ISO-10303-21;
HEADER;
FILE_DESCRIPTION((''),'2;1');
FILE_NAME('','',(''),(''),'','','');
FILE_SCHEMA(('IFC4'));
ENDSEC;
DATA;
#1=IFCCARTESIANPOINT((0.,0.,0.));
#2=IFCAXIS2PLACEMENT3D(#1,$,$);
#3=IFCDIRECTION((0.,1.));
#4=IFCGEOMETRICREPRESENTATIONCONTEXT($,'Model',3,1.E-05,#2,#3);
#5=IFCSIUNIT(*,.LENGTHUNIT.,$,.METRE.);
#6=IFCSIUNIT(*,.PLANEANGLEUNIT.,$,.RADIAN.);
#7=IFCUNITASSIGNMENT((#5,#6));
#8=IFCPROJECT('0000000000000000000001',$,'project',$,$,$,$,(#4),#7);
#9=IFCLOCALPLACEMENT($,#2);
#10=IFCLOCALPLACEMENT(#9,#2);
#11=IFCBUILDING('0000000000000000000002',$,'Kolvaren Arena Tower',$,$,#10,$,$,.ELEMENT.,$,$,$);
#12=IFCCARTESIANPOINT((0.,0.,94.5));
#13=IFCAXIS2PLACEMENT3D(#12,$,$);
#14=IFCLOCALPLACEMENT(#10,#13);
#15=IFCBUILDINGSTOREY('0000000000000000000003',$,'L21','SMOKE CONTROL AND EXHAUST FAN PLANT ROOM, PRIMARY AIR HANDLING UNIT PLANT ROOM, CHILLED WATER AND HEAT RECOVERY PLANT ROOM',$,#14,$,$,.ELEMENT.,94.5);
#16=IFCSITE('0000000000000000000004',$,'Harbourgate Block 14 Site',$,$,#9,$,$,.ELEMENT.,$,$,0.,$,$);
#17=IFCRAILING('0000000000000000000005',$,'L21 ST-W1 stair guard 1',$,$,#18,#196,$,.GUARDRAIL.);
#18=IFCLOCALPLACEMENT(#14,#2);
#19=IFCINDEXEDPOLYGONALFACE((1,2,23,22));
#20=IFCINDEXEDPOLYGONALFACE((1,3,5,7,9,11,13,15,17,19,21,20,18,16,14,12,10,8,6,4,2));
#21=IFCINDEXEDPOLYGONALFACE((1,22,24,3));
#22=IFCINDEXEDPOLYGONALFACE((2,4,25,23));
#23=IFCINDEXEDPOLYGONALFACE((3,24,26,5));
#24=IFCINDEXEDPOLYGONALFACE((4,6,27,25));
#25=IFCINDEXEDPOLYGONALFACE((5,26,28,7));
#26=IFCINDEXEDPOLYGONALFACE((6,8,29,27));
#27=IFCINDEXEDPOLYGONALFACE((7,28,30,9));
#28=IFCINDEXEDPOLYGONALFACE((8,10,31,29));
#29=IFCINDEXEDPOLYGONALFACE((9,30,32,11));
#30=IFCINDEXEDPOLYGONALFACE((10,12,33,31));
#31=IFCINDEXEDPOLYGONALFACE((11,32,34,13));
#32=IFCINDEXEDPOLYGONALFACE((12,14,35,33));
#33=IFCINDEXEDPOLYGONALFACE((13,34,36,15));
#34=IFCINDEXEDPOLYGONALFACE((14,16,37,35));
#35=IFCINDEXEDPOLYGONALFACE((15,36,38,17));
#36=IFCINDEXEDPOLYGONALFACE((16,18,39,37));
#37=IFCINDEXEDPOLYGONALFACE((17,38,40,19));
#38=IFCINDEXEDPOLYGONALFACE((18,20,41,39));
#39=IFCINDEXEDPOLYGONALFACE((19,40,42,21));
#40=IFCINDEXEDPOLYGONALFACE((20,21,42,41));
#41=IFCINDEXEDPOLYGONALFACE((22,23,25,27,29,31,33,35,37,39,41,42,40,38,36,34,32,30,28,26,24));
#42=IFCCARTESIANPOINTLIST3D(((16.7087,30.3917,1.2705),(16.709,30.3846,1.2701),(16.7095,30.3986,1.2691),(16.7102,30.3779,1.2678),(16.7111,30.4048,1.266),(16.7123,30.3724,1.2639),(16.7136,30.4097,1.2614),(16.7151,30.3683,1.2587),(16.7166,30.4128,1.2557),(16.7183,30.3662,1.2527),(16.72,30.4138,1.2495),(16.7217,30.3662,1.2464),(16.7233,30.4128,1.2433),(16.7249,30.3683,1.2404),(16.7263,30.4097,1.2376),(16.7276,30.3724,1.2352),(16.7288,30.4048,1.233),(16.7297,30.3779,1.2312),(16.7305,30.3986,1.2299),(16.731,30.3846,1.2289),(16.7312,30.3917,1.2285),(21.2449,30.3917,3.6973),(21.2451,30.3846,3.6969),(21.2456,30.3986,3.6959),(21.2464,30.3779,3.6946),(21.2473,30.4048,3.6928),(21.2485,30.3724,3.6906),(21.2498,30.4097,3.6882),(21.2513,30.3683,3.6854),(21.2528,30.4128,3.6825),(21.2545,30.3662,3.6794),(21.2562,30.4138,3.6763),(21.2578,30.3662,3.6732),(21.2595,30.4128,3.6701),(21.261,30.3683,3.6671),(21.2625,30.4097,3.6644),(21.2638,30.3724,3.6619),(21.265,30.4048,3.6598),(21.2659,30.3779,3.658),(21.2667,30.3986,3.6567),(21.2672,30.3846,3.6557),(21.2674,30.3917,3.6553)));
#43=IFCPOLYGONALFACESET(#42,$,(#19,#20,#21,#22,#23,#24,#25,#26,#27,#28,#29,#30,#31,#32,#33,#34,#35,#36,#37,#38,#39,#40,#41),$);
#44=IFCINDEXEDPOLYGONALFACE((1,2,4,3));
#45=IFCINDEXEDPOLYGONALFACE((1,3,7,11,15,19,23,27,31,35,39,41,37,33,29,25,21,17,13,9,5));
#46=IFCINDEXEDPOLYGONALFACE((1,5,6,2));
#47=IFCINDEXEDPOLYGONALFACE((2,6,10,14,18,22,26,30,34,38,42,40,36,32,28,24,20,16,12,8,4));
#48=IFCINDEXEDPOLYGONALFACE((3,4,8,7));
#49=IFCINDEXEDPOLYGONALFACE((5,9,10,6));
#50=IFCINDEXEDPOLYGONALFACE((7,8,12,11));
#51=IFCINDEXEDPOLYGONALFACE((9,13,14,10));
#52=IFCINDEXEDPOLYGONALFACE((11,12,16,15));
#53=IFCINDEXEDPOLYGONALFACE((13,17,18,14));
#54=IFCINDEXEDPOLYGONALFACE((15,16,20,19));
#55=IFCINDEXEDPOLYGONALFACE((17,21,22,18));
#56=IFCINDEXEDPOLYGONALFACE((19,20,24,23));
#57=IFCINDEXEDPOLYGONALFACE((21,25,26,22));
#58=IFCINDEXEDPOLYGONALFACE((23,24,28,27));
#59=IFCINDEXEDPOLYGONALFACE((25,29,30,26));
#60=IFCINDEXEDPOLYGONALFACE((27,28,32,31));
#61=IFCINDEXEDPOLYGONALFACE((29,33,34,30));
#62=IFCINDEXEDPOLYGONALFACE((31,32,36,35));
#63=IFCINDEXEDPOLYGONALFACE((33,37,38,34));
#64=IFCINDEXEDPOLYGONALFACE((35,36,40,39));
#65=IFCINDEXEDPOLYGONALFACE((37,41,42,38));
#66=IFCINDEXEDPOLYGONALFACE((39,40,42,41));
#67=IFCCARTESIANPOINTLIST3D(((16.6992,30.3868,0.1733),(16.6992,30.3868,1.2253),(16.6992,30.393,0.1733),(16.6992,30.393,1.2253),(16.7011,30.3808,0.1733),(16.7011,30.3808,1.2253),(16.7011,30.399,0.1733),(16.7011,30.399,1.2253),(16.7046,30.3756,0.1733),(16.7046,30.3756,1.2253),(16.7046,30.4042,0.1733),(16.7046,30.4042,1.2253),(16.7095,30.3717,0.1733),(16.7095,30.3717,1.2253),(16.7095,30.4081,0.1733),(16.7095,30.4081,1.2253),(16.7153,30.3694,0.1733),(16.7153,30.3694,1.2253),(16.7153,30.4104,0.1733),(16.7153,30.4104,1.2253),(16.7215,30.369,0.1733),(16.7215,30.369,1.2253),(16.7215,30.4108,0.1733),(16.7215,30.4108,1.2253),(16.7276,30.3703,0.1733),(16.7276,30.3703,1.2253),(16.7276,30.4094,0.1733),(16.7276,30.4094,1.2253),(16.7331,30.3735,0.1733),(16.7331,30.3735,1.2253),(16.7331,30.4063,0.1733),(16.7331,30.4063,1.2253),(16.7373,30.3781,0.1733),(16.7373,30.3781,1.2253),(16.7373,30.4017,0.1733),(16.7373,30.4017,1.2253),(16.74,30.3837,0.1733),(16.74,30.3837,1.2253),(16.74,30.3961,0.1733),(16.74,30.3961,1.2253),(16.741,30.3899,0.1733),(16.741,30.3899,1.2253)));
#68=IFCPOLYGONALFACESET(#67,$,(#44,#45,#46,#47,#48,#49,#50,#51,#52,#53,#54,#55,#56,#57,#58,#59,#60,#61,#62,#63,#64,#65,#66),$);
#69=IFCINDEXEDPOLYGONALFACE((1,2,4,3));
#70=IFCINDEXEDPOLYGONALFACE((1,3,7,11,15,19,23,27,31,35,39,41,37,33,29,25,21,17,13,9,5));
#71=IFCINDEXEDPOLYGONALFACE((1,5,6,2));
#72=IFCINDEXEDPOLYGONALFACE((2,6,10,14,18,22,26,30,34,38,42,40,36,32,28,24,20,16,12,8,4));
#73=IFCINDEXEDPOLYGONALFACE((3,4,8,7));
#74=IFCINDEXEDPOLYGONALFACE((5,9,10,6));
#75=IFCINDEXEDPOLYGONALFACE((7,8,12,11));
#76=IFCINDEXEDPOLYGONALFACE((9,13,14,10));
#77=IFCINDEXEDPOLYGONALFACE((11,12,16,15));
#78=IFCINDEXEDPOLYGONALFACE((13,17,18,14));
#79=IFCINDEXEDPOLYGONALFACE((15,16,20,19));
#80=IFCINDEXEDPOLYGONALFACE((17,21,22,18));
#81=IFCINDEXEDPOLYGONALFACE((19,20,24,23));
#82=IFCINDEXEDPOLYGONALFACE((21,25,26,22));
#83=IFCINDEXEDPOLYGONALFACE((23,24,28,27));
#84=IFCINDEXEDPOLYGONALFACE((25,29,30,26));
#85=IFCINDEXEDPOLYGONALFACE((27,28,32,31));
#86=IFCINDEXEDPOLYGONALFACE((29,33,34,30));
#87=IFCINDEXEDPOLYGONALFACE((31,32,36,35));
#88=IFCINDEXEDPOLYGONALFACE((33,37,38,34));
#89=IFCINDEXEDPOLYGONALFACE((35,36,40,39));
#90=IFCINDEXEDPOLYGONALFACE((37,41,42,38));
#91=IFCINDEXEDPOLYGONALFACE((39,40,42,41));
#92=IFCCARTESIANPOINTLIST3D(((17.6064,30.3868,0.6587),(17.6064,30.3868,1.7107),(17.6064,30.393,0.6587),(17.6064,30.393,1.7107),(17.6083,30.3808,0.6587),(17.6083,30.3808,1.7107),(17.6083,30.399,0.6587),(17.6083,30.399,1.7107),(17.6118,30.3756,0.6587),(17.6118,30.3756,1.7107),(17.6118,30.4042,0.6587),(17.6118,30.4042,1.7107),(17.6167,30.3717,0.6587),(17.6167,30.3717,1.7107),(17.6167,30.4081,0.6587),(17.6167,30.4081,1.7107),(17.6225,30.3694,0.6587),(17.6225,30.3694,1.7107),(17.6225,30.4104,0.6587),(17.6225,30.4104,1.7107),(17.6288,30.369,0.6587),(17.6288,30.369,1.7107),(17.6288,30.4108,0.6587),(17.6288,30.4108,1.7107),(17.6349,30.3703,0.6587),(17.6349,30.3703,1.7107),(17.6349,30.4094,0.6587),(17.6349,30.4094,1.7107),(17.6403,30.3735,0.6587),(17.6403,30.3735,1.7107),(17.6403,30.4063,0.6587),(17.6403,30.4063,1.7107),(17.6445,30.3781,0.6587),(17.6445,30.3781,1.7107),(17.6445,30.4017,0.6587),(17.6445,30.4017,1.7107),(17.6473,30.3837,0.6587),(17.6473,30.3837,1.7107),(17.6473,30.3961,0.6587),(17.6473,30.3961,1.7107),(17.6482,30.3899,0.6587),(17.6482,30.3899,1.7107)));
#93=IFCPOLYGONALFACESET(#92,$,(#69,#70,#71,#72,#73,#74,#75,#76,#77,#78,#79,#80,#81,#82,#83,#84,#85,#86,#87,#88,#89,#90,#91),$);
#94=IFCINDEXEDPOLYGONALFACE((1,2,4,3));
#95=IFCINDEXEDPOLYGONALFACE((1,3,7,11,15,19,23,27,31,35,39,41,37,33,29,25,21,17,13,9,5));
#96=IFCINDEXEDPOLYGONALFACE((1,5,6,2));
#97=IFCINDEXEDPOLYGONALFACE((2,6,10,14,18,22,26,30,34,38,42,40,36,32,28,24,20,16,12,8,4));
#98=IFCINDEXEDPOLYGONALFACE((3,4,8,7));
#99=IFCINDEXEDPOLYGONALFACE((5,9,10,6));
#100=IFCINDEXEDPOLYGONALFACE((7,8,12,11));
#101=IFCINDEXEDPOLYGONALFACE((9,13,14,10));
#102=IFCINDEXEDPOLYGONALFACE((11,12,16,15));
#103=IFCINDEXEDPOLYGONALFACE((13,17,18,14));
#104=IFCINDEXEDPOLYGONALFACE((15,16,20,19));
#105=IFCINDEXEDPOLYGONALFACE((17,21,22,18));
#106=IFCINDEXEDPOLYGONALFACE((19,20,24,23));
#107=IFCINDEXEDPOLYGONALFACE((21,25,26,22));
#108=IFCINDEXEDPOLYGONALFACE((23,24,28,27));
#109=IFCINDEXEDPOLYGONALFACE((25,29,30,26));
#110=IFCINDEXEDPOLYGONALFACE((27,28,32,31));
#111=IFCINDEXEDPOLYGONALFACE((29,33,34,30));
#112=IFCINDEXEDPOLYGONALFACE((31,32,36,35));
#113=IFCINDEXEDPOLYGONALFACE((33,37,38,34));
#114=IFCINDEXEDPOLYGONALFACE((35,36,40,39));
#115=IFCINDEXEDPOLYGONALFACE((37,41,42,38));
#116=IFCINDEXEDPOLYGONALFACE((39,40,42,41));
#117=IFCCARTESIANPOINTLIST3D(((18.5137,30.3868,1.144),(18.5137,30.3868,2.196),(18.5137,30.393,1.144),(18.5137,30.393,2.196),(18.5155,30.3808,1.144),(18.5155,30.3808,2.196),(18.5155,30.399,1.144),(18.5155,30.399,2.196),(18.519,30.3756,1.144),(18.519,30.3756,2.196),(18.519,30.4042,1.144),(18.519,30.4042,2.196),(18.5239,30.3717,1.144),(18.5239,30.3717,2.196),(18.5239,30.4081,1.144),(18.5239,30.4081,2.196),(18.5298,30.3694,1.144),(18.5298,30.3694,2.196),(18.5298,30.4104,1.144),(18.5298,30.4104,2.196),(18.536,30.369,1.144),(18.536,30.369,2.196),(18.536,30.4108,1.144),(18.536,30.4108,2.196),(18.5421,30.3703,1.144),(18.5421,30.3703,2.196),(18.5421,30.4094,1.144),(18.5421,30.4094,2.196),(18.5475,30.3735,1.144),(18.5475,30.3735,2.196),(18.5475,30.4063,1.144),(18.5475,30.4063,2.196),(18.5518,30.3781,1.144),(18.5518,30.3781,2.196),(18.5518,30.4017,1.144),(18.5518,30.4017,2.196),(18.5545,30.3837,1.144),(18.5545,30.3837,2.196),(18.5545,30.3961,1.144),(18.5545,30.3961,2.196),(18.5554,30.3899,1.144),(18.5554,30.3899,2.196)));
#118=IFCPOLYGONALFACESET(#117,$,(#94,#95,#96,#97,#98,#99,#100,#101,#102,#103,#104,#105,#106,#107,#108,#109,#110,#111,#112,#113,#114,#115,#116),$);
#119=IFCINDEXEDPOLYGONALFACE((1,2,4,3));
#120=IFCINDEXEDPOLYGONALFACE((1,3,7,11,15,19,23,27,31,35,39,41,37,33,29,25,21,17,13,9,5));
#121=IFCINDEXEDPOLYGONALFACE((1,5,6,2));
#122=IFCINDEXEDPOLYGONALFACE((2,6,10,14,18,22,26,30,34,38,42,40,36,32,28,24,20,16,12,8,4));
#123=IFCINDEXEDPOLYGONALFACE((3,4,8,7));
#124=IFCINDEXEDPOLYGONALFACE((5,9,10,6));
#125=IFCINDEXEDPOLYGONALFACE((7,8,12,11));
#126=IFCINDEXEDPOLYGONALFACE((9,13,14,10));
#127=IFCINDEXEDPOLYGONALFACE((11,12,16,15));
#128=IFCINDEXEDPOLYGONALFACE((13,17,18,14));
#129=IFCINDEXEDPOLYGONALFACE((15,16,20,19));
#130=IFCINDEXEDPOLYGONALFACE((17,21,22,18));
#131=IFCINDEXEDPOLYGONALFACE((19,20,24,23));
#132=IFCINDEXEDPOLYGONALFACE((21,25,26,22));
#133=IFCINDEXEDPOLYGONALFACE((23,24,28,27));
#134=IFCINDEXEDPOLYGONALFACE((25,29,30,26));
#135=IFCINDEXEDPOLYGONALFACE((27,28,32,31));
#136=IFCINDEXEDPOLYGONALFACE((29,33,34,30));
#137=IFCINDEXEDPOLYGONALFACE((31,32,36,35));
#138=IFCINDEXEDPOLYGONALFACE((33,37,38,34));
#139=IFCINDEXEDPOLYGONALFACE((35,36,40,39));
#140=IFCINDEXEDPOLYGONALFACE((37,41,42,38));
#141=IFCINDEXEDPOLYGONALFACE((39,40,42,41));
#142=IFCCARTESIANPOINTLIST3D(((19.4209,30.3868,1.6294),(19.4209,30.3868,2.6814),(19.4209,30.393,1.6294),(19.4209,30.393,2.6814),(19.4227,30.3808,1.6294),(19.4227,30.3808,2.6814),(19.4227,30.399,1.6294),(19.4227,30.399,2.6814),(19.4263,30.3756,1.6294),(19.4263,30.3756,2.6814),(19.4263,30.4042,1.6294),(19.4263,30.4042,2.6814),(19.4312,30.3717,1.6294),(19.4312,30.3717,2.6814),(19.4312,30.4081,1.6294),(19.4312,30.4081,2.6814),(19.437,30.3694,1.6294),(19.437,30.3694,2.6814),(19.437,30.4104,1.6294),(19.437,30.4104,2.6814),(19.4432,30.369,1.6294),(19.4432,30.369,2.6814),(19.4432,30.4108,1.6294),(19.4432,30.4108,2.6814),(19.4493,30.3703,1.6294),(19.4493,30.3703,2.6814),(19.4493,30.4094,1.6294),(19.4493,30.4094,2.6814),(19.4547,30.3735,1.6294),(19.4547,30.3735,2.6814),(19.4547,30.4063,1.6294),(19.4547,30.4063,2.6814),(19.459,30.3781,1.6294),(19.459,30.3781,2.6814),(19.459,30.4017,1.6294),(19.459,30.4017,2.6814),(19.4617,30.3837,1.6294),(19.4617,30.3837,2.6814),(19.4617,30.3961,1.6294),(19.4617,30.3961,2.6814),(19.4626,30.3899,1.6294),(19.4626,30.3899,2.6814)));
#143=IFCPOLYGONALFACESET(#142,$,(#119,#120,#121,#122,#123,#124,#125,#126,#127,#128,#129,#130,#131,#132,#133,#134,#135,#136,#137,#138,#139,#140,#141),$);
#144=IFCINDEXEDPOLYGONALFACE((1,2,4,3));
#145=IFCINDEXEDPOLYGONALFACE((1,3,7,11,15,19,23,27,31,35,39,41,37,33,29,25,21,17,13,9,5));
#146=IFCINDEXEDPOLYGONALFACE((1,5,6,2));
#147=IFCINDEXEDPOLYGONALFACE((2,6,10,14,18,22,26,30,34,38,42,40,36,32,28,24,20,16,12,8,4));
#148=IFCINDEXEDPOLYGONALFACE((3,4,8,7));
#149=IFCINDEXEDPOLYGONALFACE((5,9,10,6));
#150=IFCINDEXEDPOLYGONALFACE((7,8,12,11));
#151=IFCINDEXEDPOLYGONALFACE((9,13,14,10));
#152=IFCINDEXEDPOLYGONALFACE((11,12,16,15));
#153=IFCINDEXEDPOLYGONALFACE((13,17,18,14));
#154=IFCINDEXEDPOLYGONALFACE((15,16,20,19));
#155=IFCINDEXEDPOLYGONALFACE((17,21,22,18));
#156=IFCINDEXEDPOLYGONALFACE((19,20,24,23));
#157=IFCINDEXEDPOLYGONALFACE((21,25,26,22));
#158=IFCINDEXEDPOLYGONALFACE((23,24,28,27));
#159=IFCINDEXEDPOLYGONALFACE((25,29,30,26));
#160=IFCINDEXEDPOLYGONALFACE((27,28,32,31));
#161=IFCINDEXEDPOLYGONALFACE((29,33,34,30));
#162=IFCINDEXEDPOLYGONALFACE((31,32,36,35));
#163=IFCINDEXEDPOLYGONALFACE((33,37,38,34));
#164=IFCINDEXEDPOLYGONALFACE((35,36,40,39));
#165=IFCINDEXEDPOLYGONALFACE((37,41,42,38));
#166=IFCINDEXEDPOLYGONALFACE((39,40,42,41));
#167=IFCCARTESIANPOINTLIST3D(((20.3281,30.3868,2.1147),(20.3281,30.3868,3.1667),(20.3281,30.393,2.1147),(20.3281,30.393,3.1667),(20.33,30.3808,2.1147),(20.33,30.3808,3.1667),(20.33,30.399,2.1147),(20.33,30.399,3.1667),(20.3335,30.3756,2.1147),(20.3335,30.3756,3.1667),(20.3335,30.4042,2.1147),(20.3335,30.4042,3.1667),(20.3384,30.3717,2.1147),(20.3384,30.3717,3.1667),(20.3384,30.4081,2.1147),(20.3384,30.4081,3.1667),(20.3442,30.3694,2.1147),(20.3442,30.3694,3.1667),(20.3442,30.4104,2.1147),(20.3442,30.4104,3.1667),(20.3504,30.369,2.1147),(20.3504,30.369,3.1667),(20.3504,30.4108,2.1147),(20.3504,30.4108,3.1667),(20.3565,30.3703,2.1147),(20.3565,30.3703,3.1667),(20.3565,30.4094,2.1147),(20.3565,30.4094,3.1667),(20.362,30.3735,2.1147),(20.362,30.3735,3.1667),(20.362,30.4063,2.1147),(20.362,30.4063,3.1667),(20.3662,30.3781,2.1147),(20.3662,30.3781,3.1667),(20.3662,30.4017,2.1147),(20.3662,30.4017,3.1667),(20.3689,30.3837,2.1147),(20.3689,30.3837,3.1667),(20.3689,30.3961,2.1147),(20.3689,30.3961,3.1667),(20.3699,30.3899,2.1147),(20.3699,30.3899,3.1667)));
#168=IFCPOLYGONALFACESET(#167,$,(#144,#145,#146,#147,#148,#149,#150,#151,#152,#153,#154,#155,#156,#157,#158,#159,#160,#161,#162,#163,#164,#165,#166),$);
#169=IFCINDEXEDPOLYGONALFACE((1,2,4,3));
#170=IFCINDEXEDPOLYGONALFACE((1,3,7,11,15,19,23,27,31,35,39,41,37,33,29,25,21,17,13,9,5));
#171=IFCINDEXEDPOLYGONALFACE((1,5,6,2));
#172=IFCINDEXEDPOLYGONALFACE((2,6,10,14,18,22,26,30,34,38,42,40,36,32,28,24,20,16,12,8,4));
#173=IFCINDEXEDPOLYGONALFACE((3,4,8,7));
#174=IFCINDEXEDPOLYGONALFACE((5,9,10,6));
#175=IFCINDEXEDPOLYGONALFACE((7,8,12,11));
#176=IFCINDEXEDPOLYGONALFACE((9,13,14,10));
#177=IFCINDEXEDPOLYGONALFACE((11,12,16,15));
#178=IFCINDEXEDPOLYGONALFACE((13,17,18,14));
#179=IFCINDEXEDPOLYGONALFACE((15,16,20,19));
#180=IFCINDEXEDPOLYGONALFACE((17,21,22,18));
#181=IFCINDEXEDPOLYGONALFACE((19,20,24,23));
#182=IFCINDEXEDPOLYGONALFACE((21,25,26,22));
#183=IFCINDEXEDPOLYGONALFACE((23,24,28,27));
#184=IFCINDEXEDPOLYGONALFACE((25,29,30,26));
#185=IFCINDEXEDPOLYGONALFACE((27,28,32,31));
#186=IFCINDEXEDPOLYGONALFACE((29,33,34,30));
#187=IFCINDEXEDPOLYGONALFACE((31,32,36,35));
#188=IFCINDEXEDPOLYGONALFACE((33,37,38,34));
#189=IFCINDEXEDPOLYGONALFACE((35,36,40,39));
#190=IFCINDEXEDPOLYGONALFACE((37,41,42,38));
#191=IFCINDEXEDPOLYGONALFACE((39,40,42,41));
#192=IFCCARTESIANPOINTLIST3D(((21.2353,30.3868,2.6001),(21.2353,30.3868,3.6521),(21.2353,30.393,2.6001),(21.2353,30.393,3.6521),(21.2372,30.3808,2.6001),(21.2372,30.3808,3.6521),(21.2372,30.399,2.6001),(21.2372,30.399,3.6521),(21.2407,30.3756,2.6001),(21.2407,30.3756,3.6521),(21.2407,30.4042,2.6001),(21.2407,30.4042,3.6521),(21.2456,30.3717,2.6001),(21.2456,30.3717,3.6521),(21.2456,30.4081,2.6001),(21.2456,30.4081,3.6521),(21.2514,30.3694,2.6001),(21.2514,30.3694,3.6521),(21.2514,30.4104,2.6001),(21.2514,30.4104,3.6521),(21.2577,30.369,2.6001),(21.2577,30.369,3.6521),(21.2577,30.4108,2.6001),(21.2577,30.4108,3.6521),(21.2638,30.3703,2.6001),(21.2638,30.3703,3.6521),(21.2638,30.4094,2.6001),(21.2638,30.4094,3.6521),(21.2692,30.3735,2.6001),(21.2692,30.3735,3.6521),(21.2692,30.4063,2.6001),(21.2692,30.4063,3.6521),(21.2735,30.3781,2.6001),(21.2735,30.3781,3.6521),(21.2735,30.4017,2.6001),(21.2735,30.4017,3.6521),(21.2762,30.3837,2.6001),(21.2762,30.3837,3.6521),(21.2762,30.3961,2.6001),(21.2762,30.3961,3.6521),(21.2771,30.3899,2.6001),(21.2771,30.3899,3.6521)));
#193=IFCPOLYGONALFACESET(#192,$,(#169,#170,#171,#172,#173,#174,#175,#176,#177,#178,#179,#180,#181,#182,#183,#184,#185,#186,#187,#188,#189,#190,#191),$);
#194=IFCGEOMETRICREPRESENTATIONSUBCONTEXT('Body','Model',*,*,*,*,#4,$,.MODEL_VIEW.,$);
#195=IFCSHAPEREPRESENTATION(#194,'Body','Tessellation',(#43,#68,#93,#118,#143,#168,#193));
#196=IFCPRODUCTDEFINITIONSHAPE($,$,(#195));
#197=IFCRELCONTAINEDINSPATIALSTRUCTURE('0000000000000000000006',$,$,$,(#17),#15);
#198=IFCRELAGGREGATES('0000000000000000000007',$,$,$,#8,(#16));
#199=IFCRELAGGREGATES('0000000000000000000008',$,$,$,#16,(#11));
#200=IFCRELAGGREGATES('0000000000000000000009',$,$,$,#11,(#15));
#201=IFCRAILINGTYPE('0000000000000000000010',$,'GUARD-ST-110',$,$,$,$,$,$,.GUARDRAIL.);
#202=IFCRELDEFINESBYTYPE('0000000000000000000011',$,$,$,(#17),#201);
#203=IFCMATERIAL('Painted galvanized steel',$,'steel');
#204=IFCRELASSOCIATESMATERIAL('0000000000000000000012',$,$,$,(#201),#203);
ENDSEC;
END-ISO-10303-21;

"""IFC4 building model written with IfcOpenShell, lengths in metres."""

from ifc_helpers import new_model, si_unit, direction, frame, origin, origin_2d, place, context, subcontext, project, spatial, circle, extrude, material, type_object, element, save


model = new_model("IFC4")

# Units and contexts
model_context = context("Model", 3, precision=1e-05, world=origin(), true_north=direction((0.0, 1.0)))
body_context = subcontext(model_context, "Body", "Model", "MODEL_VIEW")
ifc_project = project(units=[si_unit("LENGTHUNIT", "METRE"), si_unit("PLANEANGLEUNIT", "RADIAN")], contexts=[model_context])

# Site, building, storey
site_placement = place(None, origin())
site = spatial("IfcSite", under=ifc_project, at=site_placement, Name="Harbourgate Block 14 Site", CompositionType="ELEMENT", RefElevation=0.0)
building_placement = place(site_placement, origin())
building = spatial("IfcBuilding", under=site, at=building_placement, Name="Kolvaren Arena Tower", CompositionType="ELEMENT")
storey_placement = place(building_placement, frame((0.0, 0.0, 94.5)))
storey = spatial("IfcBuildingStorey", under=building, at=storey_placement, Name="L21", Description="SMOKE CONTROL AND EXHAUST FAN PLANT ROOM, PRIMARY AIR HANDLING UNIT PLANT ROOM, CHILLED WATER AND HEAT RECOVERY PLANT ROOM", CompositionType="ELEMENT", Elevation=94.5)

# Railing
ifc_material_1 = material(Name="Painted galvanized steel", Category="steel")
railing_type_1 = type_object("IfcRailingType", Name="GUARD-ST-110", PredefinedType="GUARDRAIL", material=ifc_material_1)
railing_1_placement = place(storey_placement, frame((16.72, 30.3899, 0.1733)))
element("IfcRailing", 1, at=railing_1_placement, inside=storey, type_object=railing_type_1, Name="L21 ST-W1 stair guard 1", PredefinedType="GUARDRAIL", context=body_context, shape_type="SweptSolid", body=[
    extrude(circle(Radius=0.0239, at=origin_2d()), frame((0.0, 0.0, 1.0762), z_axis=(0.881748, 0.0, 0.471721), x_axis=(0.0, 1.0, 0.0)), (0.0, 0.0, 1.0), 5.1445),
    extrude(circle(Radius=0.021, at=origin_2d()), origin(), (0.0, 0.0, 1.0), 1.052),
    extrude(circle(Radius=0.021, at=origin_2d()), frame((0.9072, 0.0, 0.4854)), (0.0, 0.0, 1.0), 1.052),
    extrude(circle(Radius=0.021, at=origin_2d()), frame((1.8145, 0.0, 0.9707)), (0.0, 0.0, 1.0), 1.052),
    extrude(circle(Radius=0.021, at=origin_2d()), frame((2.7217, 0.0, 1.4561)), (0.0, 0.0, 1.0), 1.052),
    extrude(circle(Radius=0.021, at=origin_2d()), frame((3.6289, 0.0, 1.9414)), (0.0, 0.0, 1.0), 1.052),
    extrude(circle(Radius=0.021, at=origin_2d()), frame((4.5361, 0.0, 2.4268)), (0.0, 0.0, 1.0), 1.052),
])

save(model, "model.ifc")
